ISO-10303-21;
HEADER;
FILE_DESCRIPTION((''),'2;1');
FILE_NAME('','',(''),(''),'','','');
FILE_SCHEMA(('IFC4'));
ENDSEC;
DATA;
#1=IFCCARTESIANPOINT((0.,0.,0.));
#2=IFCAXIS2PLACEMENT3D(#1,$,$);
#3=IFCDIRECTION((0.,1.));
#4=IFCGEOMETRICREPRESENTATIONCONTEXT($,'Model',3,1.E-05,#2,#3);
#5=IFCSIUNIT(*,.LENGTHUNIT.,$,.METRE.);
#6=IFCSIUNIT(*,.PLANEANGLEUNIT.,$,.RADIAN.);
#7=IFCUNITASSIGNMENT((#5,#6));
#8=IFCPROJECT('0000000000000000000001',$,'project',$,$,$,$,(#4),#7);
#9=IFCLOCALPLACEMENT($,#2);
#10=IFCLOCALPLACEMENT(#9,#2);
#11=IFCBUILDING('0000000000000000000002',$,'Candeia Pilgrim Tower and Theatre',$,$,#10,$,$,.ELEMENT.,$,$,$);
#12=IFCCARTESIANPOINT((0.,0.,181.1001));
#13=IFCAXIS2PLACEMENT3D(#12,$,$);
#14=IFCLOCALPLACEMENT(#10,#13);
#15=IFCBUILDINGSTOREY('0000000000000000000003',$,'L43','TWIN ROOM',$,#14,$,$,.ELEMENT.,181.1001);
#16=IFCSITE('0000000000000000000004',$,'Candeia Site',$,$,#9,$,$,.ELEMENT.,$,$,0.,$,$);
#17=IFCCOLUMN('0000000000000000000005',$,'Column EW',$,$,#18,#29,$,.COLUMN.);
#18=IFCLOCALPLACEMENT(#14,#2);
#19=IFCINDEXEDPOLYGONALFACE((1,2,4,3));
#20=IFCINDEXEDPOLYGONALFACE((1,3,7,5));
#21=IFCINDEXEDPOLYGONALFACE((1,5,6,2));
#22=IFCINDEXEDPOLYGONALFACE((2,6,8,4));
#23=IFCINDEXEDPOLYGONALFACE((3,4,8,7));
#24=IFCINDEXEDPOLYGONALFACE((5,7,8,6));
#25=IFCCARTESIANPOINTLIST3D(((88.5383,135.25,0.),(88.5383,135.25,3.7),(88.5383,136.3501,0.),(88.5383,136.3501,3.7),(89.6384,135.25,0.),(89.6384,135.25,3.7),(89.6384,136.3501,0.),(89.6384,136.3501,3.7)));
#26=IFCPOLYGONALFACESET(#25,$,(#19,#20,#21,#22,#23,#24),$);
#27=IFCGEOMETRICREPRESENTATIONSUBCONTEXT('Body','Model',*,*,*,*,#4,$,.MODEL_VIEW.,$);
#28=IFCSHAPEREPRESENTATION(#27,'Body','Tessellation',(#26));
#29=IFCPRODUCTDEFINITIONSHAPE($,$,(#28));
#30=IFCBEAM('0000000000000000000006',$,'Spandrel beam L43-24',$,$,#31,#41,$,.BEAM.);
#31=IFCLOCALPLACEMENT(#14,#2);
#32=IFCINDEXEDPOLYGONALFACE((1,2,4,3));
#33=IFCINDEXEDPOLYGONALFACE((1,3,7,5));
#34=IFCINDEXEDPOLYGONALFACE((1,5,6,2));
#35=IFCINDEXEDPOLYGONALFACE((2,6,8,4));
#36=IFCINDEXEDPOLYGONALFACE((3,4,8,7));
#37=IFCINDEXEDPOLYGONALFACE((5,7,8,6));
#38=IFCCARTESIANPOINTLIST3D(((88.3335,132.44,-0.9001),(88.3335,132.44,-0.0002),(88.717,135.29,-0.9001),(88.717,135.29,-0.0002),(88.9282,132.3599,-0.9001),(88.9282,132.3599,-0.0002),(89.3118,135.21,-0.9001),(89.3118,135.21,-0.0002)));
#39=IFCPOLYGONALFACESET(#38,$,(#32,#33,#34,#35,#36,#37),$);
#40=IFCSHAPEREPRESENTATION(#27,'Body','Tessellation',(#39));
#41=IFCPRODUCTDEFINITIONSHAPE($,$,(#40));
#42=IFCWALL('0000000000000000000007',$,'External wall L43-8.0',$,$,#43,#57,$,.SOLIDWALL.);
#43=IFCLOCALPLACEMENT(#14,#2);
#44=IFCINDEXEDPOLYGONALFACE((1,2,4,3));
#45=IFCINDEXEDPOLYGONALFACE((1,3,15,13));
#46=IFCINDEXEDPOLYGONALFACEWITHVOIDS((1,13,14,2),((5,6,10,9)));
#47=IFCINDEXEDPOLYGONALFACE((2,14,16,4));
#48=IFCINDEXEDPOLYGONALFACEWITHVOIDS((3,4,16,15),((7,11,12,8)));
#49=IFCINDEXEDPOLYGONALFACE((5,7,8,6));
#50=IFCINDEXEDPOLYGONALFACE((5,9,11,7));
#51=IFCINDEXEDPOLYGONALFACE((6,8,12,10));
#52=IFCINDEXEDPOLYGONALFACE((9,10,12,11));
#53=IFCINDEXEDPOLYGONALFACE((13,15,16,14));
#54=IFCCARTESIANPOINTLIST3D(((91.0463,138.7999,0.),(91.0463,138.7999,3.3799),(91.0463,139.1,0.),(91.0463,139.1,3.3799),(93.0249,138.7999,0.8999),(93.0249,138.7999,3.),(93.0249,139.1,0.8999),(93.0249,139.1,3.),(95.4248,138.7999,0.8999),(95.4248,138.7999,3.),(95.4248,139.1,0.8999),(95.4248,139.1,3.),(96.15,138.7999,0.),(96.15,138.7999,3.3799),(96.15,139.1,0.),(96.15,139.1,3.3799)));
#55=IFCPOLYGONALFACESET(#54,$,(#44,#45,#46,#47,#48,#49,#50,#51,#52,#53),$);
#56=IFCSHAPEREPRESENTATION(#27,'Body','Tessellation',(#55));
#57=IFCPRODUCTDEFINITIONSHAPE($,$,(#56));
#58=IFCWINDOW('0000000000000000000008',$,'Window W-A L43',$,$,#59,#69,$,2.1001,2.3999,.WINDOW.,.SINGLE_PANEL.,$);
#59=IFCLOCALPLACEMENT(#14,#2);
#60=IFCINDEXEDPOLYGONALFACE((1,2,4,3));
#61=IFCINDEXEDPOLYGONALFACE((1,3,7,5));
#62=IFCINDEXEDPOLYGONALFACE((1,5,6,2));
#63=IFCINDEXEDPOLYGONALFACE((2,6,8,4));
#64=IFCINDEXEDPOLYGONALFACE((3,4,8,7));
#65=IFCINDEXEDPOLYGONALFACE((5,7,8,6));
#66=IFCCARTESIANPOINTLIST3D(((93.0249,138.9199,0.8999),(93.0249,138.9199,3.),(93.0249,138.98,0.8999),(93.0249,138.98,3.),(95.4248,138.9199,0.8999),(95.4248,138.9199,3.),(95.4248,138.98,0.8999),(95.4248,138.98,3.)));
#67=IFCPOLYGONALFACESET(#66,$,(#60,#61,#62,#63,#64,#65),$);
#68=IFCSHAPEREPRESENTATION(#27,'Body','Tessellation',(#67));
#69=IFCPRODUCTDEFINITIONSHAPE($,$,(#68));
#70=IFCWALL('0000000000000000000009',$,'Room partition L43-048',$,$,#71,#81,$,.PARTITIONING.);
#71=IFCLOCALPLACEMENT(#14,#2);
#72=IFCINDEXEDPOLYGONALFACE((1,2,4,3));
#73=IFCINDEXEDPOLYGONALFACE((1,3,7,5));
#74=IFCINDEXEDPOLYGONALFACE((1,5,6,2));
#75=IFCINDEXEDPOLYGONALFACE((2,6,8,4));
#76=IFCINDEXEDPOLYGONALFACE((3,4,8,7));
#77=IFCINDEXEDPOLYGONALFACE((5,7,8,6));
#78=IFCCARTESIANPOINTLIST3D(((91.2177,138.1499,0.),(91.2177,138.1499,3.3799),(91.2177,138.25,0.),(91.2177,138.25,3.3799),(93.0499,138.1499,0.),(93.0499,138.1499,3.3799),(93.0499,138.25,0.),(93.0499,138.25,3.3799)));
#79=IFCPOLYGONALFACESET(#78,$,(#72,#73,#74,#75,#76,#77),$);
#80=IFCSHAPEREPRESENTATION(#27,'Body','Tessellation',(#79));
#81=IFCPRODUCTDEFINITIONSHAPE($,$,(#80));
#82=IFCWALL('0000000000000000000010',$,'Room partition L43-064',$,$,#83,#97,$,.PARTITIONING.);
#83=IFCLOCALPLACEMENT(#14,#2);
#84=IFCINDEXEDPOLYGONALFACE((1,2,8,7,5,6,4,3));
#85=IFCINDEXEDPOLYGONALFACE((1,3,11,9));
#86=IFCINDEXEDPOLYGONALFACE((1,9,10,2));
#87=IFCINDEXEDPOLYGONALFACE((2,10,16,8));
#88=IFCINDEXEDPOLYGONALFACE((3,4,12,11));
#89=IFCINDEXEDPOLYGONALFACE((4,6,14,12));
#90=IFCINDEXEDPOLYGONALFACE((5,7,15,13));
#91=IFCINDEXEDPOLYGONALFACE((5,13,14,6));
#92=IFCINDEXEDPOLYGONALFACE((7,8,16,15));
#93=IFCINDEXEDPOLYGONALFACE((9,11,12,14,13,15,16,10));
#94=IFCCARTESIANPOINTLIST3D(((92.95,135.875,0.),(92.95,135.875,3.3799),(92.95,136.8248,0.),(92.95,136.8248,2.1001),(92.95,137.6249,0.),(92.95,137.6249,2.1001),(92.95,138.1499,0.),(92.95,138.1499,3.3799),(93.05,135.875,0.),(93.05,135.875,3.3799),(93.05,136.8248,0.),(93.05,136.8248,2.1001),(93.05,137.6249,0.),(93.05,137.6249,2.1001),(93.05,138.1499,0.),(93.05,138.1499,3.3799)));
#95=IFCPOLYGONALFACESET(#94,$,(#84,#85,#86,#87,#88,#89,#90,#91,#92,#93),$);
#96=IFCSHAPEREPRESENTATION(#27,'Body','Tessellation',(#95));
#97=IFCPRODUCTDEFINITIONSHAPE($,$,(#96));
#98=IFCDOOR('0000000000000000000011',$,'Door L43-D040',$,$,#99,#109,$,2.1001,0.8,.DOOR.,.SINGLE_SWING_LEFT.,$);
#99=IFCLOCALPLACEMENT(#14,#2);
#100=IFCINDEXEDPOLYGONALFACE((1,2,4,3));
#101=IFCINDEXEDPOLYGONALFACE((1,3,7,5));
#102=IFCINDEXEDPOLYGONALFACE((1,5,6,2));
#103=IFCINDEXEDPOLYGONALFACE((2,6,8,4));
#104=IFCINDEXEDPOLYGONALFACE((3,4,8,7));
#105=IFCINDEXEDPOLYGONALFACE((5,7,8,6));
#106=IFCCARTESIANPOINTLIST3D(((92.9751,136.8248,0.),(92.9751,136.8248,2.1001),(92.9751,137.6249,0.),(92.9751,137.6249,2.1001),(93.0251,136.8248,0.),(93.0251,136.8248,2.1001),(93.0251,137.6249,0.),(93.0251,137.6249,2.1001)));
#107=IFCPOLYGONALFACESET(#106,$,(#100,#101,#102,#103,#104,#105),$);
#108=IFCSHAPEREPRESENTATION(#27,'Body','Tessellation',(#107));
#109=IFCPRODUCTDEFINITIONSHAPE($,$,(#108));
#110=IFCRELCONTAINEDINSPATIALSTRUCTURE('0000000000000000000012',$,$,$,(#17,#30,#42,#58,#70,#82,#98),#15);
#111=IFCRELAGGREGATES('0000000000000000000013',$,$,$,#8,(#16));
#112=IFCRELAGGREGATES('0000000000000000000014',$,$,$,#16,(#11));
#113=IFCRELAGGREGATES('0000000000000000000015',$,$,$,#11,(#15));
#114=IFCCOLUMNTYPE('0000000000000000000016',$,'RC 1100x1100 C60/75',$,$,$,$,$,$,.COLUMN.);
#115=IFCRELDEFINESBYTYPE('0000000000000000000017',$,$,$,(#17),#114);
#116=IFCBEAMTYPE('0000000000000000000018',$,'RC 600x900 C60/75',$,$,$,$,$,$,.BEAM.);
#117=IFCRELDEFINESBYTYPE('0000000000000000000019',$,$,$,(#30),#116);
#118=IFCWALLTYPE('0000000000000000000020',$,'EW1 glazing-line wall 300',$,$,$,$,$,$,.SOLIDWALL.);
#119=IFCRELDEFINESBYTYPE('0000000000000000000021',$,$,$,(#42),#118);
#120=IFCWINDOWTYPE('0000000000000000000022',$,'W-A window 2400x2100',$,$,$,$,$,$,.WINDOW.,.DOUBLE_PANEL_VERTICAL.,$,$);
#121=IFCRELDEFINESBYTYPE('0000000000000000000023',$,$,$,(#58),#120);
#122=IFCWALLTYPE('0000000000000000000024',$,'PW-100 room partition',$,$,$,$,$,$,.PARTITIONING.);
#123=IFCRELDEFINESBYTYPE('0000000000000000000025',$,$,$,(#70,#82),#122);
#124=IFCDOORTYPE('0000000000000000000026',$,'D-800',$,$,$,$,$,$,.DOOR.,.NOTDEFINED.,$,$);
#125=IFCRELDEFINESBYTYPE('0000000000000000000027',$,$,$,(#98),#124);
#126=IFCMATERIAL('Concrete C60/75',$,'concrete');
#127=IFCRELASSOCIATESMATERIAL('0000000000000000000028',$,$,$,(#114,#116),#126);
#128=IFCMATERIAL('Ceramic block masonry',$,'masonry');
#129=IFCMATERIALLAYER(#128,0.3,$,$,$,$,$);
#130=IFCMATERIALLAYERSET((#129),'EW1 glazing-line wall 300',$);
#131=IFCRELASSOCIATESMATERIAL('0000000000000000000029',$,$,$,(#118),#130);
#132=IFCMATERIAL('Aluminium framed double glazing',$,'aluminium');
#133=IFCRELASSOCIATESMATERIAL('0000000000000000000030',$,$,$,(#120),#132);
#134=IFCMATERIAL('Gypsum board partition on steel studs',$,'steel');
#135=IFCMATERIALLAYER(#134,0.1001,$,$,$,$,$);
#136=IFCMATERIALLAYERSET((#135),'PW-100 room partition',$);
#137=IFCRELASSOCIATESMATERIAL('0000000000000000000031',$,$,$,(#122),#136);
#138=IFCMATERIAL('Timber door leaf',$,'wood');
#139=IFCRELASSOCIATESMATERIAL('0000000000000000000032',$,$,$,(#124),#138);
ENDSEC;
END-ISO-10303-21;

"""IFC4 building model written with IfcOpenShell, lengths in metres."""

from ifc_helpers import new_model, si_unit, direction, frame, frame_2d, origin, origin_2d, place, context, subcontext, project, spatial, rectangle, extrude, material, layer, layer_set, material_profile, profile_set, type_object, element, fill, save


model = new_model("IFC4")

# Units and contexts
model_context = context("Model", 3, precision=1e-05, world=origin(), true_north=direction((0.0, 1.0)))
body_context = subcontext(model_context, "Body", "Model", "MODEL_VIEW")
ifc_project = project(units=[si_unit("LENGTHUNIT", "METRE"), si_unit("PLANEANGLEUNIT", "RADIAN")], contexts=[model_context])

# Site, building, storey
site_placement = place(None, origin())
site = spatial("IfcSite", under=ifc_project, at=site_placement, Name="Candeia Site", CompositionType="ELEMENT", RefElevation=0.0)
building_placement = place(site_placement, origin())
building = spatial("IfcBuilding", under=site, at=building_placement, Name="Candeia Pilgrim Tower and Theatre", CompositionType="ELEMENT")
storey_placement = place(building_placement, frame((0.0, 0.0, 181.1001)))
storey = spatial("IfcBuildingStorey", under=building, at=storey_placement, Name="L43", Description="TWIN ROOM", CompositionType="ELEMENT", Elevation=181.1001)

# Column
ifc_material_1 = material(Name="Concrete C60/75", Category="concrete")
ifc_material_profile_1 = material_profile(ifc_material_1, rectangle(XDim=1.1001, YDim=1.1001, at=origin_2d()))
ifc_profile_set_1 = profile_set([ifc_material_profile_1], Name="Concrete C60/75")
column_type = type_object("IfcColumnType", Name="RC 1100x1100 C60/75", PredefinedType="COLUMN", material=ifc_profile_set_1)
column_placement = place(storey_placement, frame((89.0884, 135.8, 0.0), z_axis=(0.0, 0.0, 1.0), x_axis=(1.0, 0.0, 0.0)))
element("IfcColumn", 1, at=column_placement, inside=storey, type_object=column_type, Name="Column EW", PredefinedType="COLUMN", context=body_context, shape_type="SweptSolid", body=[
    extrude(rectangle(XDim=1.1001, YDim=1.1001, at=origin_2d()), origin(), (0.0, 0.0, 1.0), 3.7),
])

# Beam
ifc_material_profile_2 = material_profile(ifc_material_1, rectangle(XDim=0.6001, YDim=0.8999, at=origin_2d()))
ifc_profile_set_2 = profile_set([ifc_material_profile_2], Name="Concrete C60/75")
beam_type = type_object("IfcBeamType", Name="RC 600x900 C60/75", PredefinedType="BEAM", material=ifc_profile_set_2)
beam_placement = place(storey_placement, frame((89.0144, 135.25, -0.4502), z_axis=(-0.13337, -0.991066, 0.0), x_axis=(0.991066, -0.13337, 0.0)))
element("IfcBeam", 2, at=beam_placement, inside=storey, type_object=beam_type, Name="Spandrel beam L43-24", PredefinedType="BEAM", context=body_context, shape_type="SweptSolid", body=[
    extrude(rectangle(XDim=0.6001, YDim=0.8999, at=origin_2d()), origin(), (0.0, 0.0, 1.0), 2.8757),
])

# Wall, opening, window
ifc_material_2 = material(Name="Ceramic block masonry", Category="masonry")
ifc_layer_1 = layer(ifc_material_2, 0.3)
ifc_layer_set_1 = layer_set([ifc_layer_1], Name="EW1 glazing-line wall 300")
wall_type_1 = type_object("IfcWallType", Name="EW1 glazing-line wall 300", PredefinedType="SOLIDWALL", material=ifc_layer_set_1)
wall_1_placement = place(storey_placement, frame((96.1499, 138.95, 0.0), z_axis=(0.0, 0.0, 1.0), x_axis=(-1.0, 0.0, 0.0)))
wall_1 = element("IfcWall", 3, at=wall_1_placement, inside=storey, type_object=wall_type_1, Name="External wall L43-8.0", PredefinedType="SOLIDWALL", context=body_context, shape_type="SweptSolid", body=[
    extrude(rectangle(XDim=5.1038, YDim=0.3, at=frame_2d((2.5518, 0.0))), origin(), (0.0, 0.0, 1.0), 3.3799),
])
opening_1_placement = place(wall_1_placement, frame((0.7251, 0.0, 0.8999)))
opening_1 = element("IfcOpeningElement", 4, at=opening_1_placement, cuts=wall_1, PredefinedType="OPENING", context=body_context, shape_type="SweptSolid", body=[
    extrude(rectangle(XDim=2.3999, YDim=2.1001, at=frame_2d((1.2, 1.05))), frame((0.0, 0.1602, 0.0), z_axis=(0.0, -1.0, 0.0), x_axis=(1.0, 0.0, 0.0)), (0.0, 0.0, 1.0), 0.3201),
])
ifc_material_3 = material(Name="Aluminium framed double glazing", Category="aluminium")
window_type_1 = type_object("IfcWindowType", Name="W-A window 2400x2100", PartitioningType="DOUBLE_PANEL_VERTICAL", PredefinedType="WINDOW", material=ifc_material_3)
window_1_placement = place(opening_1_placement, origin())
window_1 = element("IfcWindow", 5, at=window_1_placement, inside=storey, type_object=window_type_1, Name="Window W-A L43", OverallHeight=2.1001, OverallWidth=2.3999, PartitioningType="SINGLE_PANEL", PredefinedType="WINDOW", context=body_context, shape_type="SweptSolid", body=[
    extrude(rectangle(XDim=2.3999, YDim=2.1001, at=frame_2d((1.2, 1.05))), frame((0.0, 0.03, 0.0), z_axis=(0.0, -1.0, 0.0), x_axis=(1.0, 0.0, 0.0)), (0.0, 0.0, 1.0), 0.0601),
])
fill(opening_1, window_1)

# Wall
ifc_material_4 = material(Name="Gypsum board partition on steel studs", Category="steel")
ifc_layer_2 = layer(ifc_material_4, 0.1001)
ifc_layer_set_2 = layer_set([ifc_layer_2], Name="PW-100 room partition")
wall_type_2 = type_object("IfcWallType", Name="PW-100 room partition", PredefinedType="PARTITIONING", material=ifc_layer_set_2)
wall_2_placement = place(storey_placement, frame((91.2178, 138.2, 0.0), z_axis=(0.0, 0.0, 1.0), x_axis=(1.0, 0.0, 0.0)))
element("IfcWall", 6, at=wall_2_placement, inside=storey, type_object=wall_type_2, Name="Room partition L43-048", PredefinedType="PARTITIONING", context=body_context, shape_type="SweptSolid", body=[
    extrude(rectangle(XDim=1.8323, YDim=0.1001, at=frame_2d((0.916, 0.0))), origin(), (0.0, 0.0, 1.0), 3.3799),
])

# Wall, opening, door
wall_3_placement = place(storey_placement, frame((93.0, 135.875, 0.0), z_axis=(0.0, 0.0, 1.0), x_axis=(0.0, 1.0, 0.0)))
wall_3 = element("IfcWall", 7, at=wall_3_placement, inside=storey, type_object=wall_type_2, Name="Room partition L43-064", PredefinedType="PARTITIONING", context=body_context, shape_type="SweptSolid", body=[
    extrude(rectangle(XDim=2.2749, YDim=0.1001, at=frame_2d((1.1375, 0.0))), origin(), (0.0, 0.0, 1.0), 3.3799),
])
opening_2_placement = place(wall_3_placement, frame((0.95, 0.0, 0.0)))
opening_2 = element("IfcOpeningElement", 8, at=opening_2_placement, cuts=wall_3, PredefinedType="OPENING", context=body_context, shape_type="SweptSolid", body=[
    extrude(rectangle(XDim=0.8, YDim=2.1001, at=frame_2d((0.3999, 1.05))), frame((0.0, 0.0601, 0.0), z_axis=(0.0, -1.0, 0.0), x_axis=(1.0, 0.0, 0.0)), (0.0, 0.0, 1.0), 0.1201),
])
ifc_material_5 = material(Name="Timber door leaf", Category="wood")
door_type_1 = type_object("IfcDoorType", Name="D-800", OperationType="NOTDEFINED", PredefinedType="DOOR", material=ifc_material_5)
door_1_placement = place(opening_2_placement, origin())
door_1 = element("IfcDoor", 9, at=door_1_placement, inside=storey, type_object=door_type_1, Name="Door L43-D040", OperationType="SINGLE_SWING_LEFT", OverallHeight=2.1001, OverallWidth=0.8, PredefinedType="DOOR", context=body_context, shape_type="SweptSolid", body=[
    extrude(rectangle(XDim=0.8, YDim=2.1001, at=frame_2d((0.3999, 1.05))), frame((0.0, 0.0249, 0.0), z_axis=(0.0, -1.0, 0.0), x_axis=(1.0, 0.0, 0.0)), (0.0, 0.0, 1.0), 0.05),
])
fill(opening_2, door_1)

save(model, "model.ifc")
